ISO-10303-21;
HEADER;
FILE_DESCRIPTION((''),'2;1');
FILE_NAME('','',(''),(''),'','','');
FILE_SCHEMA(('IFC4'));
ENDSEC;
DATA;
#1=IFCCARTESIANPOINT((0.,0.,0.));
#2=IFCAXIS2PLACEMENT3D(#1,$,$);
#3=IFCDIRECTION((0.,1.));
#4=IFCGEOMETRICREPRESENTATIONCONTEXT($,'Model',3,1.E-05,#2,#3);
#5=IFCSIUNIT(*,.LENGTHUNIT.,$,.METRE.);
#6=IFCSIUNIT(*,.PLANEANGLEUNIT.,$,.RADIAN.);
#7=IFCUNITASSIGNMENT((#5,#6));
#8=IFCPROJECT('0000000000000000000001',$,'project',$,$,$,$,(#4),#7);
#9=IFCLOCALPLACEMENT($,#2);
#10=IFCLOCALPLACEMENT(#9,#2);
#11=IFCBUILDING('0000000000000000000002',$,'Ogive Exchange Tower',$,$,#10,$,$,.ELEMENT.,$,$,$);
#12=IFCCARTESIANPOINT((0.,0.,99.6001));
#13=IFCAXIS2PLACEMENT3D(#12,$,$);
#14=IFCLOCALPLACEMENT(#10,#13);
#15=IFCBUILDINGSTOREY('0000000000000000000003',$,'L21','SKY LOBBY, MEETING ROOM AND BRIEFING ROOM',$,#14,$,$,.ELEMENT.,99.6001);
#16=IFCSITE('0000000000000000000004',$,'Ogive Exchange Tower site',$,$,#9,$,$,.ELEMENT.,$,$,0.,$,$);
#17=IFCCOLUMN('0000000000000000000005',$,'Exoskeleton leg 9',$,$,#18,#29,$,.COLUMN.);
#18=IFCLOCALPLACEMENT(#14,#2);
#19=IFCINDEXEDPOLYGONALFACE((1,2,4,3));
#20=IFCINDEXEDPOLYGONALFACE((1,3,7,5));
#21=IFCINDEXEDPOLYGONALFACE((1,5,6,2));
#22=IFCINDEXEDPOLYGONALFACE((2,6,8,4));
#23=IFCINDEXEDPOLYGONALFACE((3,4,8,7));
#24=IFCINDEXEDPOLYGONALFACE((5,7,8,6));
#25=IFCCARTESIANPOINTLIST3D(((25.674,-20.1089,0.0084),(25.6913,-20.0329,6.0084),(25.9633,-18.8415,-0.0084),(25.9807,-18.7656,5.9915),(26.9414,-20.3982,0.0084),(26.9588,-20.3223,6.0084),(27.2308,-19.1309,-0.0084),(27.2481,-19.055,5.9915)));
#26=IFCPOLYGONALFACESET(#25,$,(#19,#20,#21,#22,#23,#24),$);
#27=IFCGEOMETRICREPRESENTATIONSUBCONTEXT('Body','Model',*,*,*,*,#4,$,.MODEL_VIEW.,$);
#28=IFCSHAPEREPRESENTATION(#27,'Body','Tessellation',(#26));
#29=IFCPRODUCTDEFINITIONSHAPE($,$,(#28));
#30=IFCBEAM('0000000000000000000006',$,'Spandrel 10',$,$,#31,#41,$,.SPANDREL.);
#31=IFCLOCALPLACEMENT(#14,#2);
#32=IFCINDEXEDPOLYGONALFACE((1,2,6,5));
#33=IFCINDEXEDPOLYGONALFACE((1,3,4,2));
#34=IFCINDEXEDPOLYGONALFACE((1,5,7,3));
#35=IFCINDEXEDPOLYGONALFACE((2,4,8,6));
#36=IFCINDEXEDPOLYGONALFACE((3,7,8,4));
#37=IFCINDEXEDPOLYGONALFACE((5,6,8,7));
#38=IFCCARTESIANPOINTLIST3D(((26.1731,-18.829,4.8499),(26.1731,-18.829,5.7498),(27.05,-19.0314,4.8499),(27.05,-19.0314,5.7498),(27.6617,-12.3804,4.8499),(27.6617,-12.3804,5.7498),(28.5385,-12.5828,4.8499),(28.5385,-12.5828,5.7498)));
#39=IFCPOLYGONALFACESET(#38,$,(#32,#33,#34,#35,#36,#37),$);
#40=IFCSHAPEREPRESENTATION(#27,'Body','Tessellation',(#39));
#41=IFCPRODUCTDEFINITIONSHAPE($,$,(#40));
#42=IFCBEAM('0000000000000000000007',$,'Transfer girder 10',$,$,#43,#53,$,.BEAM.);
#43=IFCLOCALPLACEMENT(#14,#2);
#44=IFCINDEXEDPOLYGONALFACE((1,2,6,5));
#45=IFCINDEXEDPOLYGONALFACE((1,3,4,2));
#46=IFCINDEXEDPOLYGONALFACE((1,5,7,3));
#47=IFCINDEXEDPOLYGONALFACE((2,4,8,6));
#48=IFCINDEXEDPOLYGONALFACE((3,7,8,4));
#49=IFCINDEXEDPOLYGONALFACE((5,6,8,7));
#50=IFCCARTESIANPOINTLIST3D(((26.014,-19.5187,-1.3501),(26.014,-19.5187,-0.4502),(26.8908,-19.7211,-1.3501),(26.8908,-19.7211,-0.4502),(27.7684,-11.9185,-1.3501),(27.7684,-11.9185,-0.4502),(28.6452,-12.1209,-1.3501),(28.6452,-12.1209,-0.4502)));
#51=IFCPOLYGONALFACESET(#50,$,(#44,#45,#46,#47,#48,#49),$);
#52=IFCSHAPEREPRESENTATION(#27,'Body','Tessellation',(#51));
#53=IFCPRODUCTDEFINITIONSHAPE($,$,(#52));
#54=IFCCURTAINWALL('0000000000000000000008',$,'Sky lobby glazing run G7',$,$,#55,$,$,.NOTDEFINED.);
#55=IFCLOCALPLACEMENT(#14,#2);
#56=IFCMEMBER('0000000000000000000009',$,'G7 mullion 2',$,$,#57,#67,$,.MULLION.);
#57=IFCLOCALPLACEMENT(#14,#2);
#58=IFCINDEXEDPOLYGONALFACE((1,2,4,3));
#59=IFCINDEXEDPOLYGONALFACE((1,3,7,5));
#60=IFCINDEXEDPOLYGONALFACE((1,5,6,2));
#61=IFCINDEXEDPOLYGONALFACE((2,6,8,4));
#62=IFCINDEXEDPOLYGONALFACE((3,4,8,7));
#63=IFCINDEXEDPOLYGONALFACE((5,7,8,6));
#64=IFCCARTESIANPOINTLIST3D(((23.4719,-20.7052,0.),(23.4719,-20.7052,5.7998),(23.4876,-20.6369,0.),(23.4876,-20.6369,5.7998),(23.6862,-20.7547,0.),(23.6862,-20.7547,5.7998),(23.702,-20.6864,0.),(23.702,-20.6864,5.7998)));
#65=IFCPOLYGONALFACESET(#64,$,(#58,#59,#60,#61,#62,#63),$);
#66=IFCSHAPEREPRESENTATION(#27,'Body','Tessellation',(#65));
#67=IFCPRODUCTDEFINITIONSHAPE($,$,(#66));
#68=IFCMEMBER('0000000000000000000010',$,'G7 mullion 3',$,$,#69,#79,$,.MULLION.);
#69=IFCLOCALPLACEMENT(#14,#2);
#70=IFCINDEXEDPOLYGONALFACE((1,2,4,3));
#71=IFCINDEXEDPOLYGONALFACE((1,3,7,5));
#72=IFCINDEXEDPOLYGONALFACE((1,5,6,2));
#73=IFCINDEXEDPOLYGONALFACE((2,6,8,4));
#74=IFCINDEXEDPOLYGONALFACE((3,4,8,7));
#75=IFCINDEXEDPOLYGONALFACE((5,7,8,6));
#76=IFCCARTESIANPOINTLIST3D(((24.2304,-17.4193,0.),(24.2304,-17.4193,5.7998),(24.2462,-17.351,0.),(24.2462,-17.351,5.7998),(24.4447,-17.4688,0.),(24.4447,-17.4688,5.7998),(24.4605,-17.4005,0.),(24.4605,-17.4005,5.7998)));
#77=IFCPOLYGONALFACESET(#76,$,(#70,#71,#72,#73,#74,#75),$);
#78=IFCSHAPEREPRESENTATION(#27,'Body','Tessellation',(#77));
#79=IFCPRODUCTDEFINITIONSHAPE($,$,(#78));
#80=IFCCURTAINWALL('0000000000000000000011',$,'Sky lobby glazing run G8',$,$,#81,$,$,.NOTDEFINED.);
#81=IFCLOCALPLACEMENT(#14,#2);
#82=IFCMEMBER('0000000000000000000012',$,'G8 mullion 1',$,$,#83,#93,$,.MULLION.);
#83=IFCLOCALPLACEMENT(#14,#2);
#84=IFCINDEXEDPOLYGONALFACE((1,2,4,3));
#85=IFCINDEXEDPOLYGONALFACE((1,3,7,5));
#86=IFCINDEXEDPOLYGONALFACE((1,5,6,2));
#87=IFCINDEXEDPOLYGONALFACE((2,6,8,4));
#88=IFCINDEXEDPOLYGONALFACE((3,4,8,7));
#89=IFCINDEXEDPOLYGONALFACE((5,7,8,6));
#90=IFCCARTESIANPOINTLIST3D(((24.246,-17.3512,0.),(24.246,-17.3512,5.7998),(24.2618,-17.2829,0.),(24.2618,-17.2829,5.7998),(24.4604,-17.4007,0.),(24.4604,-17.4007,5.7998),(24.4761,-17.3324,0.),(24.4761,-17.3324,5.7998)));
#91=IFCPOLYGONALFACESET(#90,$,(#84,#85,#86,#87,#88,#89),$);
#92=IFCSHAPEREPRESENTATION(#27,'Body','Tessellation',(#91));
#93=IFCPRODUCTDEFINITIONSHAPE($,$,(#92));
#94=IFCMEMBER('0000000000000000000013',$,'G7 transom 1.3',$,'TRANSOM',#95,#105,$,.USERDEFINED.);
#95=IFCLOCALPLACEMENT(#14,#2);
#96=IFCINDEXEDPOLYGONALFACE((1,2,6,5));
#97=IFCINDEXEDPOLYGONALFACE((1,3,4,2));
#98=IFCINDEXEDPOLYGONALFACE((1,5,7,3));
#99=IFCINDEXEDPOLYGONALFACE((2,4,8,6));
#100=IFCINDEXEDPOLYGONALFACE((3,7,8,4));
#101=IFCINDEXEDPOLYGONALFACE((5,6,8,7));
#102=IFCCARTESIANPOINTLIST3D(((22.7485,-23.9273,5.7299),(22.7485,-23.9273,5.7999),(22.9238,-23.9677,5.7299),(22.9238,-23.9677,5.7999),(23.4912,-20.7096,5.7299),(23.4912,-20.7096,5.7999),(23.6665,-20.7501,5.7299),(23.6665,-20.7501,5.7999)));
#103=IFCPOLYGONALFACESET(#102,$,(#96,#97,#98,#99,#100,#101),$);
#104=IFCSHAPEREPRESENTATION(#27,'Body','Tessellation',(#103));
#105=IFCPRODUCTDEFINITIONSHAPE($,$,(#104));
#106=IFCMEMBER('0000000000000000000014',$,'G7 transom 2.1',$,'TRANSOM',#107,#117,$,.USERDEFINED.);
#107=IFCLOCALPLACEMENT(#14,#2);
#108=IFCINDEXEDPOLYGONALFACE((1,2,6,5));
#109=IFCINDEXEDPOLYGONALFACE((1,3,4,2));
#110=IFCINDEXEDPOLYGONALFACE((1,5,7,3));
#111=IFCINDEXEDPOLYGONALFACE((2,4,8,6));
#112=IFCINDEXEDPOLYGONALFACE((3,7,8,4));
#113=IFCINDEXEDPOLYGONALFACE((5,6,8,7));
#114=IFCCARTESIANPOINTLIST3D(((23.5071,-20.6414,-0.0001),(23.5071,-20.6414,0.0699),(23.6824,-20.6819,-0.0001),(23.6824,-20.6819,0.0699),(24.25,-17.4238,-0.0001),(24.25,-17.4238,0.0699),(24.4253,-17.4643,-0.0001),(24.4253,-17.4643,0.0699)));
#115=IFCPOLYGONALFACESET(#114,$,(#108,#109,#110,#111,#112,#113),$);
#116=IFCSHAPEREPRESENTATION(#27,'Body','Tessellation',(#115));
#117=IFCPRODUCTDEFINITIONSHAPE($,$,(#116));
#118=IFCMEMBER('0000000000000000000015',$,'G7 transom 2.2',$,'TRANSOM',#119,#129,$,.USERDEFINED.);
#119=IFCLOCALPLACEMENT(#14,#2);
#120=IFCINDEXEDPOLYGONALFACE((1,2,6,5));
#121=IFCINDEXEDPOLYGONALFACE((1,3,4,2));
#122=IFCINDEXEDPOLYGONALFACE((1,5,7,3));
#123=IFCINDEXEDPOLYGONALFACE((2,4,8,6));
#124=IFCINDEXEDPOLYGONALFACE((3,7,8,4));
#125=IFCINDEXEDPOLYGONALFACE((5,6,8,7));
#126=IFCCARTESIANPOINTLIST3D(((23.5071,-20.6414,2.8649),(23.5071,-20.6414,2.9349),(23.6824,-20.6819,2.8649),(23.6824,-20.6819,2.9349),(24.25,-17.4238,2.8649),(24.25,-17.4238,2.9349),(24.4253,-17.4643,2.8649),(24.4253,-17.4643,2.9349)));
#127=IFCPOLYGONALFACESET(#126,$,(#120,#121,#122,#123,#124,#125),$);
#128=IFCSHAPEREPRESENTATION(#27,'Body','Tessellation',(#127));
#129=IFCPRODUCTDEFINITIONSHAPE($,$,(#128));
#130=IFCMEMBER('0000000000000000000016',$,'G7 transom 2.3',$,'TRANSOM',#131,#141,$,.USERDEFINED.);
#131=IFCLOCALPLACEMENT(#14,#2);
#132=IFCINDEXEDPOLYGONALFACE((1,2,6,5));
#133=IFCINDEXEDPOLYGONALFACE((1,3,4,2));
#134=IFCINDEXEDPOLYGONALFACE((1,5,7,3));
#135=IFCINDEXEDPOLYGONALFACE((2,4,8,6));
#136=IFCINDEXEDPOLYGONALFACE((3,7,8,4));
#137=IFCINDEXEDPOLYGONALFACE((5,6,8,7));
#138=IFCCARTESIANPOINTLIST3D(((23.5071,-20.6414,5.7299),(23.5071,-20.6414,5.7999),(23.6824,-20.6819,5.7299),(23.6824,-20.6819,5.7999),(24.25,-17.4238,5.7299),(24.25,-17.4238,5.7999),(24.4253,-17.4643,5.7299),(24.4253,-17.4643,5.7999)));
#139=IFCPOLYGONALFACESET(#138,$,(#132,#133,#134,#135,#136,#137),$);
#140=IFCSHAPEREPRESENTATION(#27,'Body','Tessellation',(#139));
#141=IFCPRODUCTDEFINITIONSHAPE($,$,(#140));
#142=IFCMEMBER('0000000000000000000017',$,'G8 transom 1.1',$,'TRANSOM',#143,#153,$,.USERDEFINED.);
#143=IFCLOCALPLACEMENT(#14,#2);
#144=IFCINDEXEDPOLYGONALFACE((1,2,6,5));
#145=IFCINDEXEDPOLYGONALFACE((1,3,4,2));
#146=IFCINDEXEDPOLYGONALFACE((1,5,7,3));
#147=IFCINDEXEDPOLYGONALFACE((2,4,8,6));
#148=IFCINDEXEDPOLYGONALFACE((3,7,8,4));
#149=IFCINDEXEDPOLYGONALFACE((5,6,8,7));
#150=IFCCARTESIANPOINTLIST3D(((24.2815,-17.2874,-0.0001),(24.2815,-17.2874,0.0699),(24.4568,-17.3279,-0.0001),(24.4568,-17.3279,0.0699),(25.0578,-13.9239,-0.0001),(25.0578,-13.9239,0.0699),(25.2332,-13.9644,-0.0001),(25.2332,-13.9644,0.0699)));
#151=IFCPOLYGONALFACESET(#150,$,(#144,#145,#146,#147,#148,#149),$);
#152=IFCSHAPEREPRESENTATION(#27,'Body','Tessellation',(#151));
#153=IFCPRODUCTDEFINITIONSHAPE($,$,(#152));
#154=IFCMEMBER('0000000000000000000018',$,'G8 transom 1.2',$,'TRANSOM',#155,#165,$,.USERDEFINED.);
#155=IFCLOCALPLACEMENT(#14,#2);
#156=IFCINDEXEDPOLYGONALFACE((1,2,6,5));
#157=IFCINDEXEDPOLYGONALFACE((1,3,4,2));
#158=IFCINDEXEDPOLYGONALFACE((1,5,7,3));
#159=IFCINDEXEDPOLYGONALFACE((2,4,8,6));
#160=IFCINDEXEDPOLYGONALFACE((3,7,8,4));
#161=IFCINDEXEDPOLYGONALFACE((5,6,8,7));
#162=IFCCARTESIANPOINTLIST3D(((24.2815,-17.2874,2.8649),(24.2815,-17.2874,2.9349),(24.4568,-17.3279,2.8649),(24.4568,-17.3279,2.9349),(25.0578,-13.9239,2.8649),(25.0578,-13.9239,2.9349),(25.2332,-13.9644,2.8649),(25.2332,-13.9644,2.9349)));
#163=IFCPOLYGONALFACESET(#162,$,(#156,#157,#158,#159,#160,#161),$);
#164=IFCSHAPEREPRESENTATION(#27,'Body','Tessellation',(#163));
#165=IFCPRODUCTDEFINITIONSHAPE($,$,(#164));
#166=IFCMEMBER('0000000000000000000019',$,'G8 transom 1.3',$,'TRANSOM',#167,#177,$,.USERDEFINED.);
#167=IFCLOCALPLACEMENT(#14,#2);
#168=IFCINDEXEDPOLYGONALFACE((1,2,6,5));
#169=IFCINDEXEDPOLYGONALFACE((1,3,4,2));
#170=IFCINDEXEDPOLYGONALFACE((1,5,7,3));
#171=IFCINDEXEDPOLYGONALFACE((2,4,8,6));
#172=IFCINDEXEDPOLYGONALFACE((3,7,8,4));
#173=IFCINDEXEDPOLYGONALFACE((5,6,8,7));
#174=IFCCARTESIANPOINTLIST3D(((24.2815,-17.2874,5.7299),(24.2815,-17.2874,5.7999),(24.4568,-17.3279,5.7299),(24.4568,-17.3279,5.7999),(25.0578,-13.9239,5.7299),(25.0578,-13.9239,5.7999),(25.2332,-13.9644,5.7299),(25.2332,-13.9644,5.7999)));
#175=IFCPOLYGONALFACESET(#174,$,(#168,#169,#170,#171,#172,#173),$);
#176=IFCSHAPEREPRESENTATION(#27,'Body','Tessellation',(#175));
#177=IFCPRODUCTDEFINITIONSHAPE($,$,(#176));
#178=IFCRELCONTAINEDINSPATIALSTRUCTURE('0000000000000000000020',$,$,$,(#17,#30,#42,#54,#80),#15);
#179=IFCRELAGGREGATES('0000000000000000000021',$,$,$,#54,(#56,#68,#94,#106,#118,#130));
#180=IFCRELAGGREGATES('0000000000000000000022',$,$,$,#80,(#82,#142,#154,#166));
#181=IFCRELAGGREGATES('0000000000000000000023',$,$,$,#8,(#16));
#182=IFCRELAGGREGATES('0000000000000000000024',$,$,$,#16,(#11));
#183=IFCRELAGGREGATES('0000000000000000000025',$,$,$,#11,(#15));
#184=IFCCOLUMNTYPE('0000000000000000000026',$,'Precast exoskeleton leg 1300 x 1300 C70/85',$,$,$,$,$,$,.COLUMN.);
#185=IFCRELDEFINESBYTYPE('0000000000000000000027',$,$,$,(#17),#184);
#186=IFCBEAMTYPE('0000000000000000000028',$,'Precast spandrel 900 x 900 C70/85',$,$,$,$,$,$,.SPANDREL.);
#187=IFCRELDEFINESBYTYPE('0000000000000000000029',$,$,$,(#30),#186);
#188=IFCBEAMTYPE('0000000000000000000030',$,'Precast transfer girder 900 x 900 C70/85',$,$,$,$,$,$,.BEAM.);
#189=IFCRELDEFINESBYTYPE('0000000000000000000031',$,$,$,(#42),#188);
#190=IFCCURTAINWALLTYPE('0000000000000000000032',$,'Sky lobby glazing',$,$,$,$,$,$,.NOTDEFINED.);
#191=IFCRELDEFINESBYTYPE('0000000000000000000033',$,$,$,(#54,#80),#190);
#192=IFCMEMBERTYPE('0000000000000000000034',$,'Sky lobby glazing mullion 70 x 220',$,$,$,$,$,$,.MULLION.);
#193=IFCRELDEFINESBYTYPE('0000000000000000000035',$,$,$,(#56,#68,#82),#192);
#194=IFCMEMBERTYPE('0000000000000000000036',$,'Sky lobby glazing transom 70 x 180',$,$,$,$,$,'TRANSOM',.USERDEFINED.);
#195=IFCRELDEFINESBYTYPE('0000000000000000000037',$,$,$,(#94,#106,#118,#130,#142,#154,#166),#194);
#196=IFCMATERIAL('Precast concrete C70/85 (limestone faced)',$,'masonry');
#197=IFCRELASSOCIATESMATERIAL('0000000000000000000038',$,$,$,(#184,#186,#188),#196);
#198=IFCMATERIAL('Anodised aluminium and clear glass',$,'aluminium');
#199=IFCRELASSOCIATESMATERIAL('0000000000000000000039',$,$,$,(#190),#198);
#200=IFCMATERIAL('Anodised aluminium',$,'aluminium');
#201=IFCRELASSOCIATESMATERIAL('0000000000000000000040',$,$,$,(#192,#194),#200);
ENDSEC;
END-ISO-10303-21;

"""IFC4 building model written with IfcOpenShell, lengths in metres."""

from ifc_helpers import new_model, si_unit, direction, frame, origin, origin_2d, place, context, subcontext, project, spatial, rectangle, extrude, material, material_profile, profile_set, type_object, element, aggregate, save


model = new_model("IFC4")

# Units and contexts
model_context = context("Model", 3, precision=1e-05, world=origin(), true_north=direction((0.0, 1.0)))
body_context = subcontext(model_context, "Body", "Model", "MODEL_VIEW")
ifc_project = project(units=[si_unit("LENGTHUNIT", "METRE"), si_unit("PLANEANGLEUNIT", "RADIAN")], contexts=[model_context])

# Site, building, storey
site_placement = place(None, origin())
site = spatial("IfcSite", under=ifc_project, at=site_placement, Name="Ogive Exchange Tower site", CompositionType="ELEMENT", RefElevation=0.0)
building_placement = place(site_placement, origin())
building = spatial("IfcBuilding", under=site, at=building_placement, Name="Ogive Exchange Tower", CompositionType="ELEMENT")
storey_placement = place(building_placement, frame((0.0, 0.0, 99.6001)))
storey = spatial("IfcBuildingStorey", under=building, at=storey_placement, Name="L21", Description="SKY LOBBY, MEETING ROOM AND BRIEFING ROOM", CompositionType="ELEMENT", Elevation=99.6001)

# Column
ifc_material_1 = material(Name="Precast concrete C70/85 (limestone faced)", Category="masonry")
ifc_material_profile_1 = material_profile(ifc_material_1, rectangle(XDim=1.3, YDim=1.3, at=origin_2d()), Name="1300 x 1300")
ifc_profile_set_1 = profile_set([ifc_material_profile_1], Name="Precast concrete C70/85 (limestone faced)")
column_type = type_object("IfcColumnType", Name="Precast exoskeleton leg 1300 x 1300 C70/85", PredefinedType="COLUMN", material=ifc_profile_set_1)
column_placement = place(storey_placement, frame((26.4524, -19.6199, 0.0), z_axis=(0.002889, 0.012654, 0.999916), x_axis=(-0.974917, 0.222569, 0.0)))
element("IfcColumn", 1, at=column_placement, inside=storey, type_object=column_type, Name="Exoskeleton leg 9", PredefinedType="COLUMN", context=body_context, shape_type="SweptSolid", body=[
    extrude(rectangle(XDim=1.3, YDim=1.3, at=origin_2d()), origin(), (0.0, 0.0, 1.0), 6.0005),
])

# Beams
ifc_material_profile_2 = material_profile(ifc_material_1, rectangle(XDim=0.8999, YDim=0.8999, at=origin_2d()), Name="900 x 900")
ifc_profile_set_2 = profile_set([ifc_material_profile_2], Name="Precast concrete C70/85 (limestone faced)")
beam_type_1 = type_object("IfcBeamType", Name="Precast spandrel 900 x 900 C70/85", PredefinedType="SPANDREL", material=ifc_profile_set_2)
beam_1_placement = place(storey_placement, frame((26.6116, -18.9302, 5.2998), z_axis=(0.224919, 0.974378, 0.0), x_axis=(-0.974378, 0.224919, 0.0)))
element("IfcBeam", 2, at=beam_1_placement, inside=storey, type_object=beam_type_1, Name="Spandrel 10", PredefinedType="SPANDREL", context=body_context, shape_type="SweptSolid", body=[
    extrude(rectangle(XDim=0.8999, YDim=0.8999, at=origin_2d()), origin(), (0.0, 0.0, 1.0), 6.6182),
])
ifc_material_profile_3 = material_profile(ifc_material_1, rectangle(XDim=0.8999, YDim=0.8999, at=origin_2d()), Name="900 x 900")
ifc_profile_set_3 = profile_set([ifc_material_profile_3], Name="Precast concrete C70/85 (limestone faced)")
beam_type_2 = type_object("IfcBeamType", Name="Precast transfer girder 900 x 900 C70/85", PredefinedType="BEAM", material=ifc_profile_set_3)
beam_2_placement = place(storey_placement, frame((26.4524, -19.6199, -0.9001), z_axis=(0.224924, 0.974376, 0.0), x_axis=(-0.974376, 0.224924, 0.0)))
element("IfcBeam", 3, at=beam_2_placement, inside=storey, type_object=beam_type_2, Name="Transfer girder 10", PredefinedType="BEAM", context=body_context, shape_type="SweptSolid", body=[
    extrude(rectangle(XDim=0.8999, YDim=0.8999, at=origin_2d()), origin(), (0.0, 0.0, 1.0), 7.8),
])

# Curtain wall, members
ifc_material_2 = material(Name="Anodised aluminium and clear glass", Category="aluminium")
curtain_wall_type = type_object("IfcCurtainWallType", Name="Sky lobby glazing", PredefinedType="NOTDEFINED", material=ifc_material_2)
curtain_wall_1_placement = place(storey_placement, origin())
curtain_wall_1 = element("IfcCurtainWall", 4, at=curtain_wall_1_placement, inside=storey, type_object=curtain_wall_type, Name="Sky lobby glazing run G7", PredefinedType="NOTDEFINED")
ifc_material_3 = material(Name="Anodised aluminium", Category="aluminium")
ifc_material_profile_4 = material_profile(ifc_material_3, rectangle(XDim=0.22, YDim=0.0701, at=origin_2d()), Name="AL 70x220")
ifc_profile_set_4 = profile_set([ifc_material_profile_4], Name="Anodised aluminium")
member_type_1 = type_object("IfcMemberType", Name="Sky lobby glazing mullion 70 x 220", PredefinedType="MULLION", material=ifc_profile_set_4)
member_1_placement = place(storey_placement, frame((23.5869, -20.6958, 0.0), z_axis=(0.0, 0.0, 1.0), x_axis=(-0.97437, 0.224952, 0.0)))
member_1 = element("IfcMember", 5, at=member_1_placement, type_object=member_type_1, Name="G7 mullion 2", PredefinedType="MULLION", context=body_context, shape_type="SweptSolid", body=[
    extrude(rectangle(XDim=0.22, YDim=0.0701, at=origin_2d()), origin(), (0.0, 0.0, 1.0), 5.7998),
])
member_2_placement = place(storey_placement, frame((24.3455, -17.4099, 0.0), z_axis=(0.0, 0.0, 1.0), x_axis=(-0.97437, 0.224952, 0.0)))
member_2 = element("IfcMember", 6, at=member_2_placement, type_object=member_type_1, Name="G7 mullion 3", PredefinedType="MULLION", context=body_context, shape_type="SweptSolid", body=[
    extrude(rectangle(XDim=0.22, YDim=0.0701, at=origin_2d()), origin(), (0.0, 0.0, 1.0), 5.7998),
])

# Curtain wall, member
curtain_wall_2_placement = place(storey_placement, origin())
curtain_wall_2 = element("IfcCurtainWall", 7, at=curtain_wall_2_placement, inside=storey, type_object=curtain_wall_type, Name="Sky lobby glazing run G8", PredefinedType="NOTDEFINED")
member_3_placement = place(storey_placement, frame((24.3611, -17.3418, 0.0), z_axis=(0.0, 0.0, 1.0), x_axis=(-0.974372, 0.224944, 0.0)))
member_3 = element("IfcMember", 8, at=member_3_placement, type_object=member_type_1, Name="G8 mullion 1", PredefinedType="MULLION", context=body_context, shape_type="SweptSolid", body=[
    extrude(rectangle(XDim=0.22, YDim=0.0701, at=origin_2d()), origin(), (0.0, 0.0, 1.0), 5.7998),
])

# Members
ifc_material_profile_5 = material_profile(ifc_material_3, rectangle(XDim=0.1799, YDim=0.0701, at=origin_2d()), Name="AL 70x180")
ifc_profile_set_5 = profile_set([ifc_material_profile_5], Name="Anodised aluminium")
member_type_2 = type_object("IfcMemberType", Name="Sky lobby glazing transom 70 x 180", ElementType="TRANSOM", PredefinedType="USERDEFINED", material=ifc_profile_set_5)
member_4_placement = place(storey_placement, frame((22.8362, -23.9475, 5.7649), z_axis=(0.224892, 0.974384, 0.0), x_axis=(-0.974384, 0.224892, 0.0)))
member_4 = element("IfcMember", 9, at=member_4_placement, type_object=member_type_2, Name="G7 transom 1.3", ObjectType="TRANSOM", PredefinedType="USERDEFINED", context=body_context, shape_type="SweptSolid", body=[
    extrude(rectangle(XDim=0.1799, YDim=0.0701, at=origin_2d()), origin(), (0.0, 0.0, 1.0), 3.3022),
])
member_5_placement = place(storey_placement, frame((23.5947, -20.6616, 0.0349), z_axis=(0.224978, 0.974364, 0.0), x_axis=(-0.974364, 0.224978, 0.0)))
member_5 = element("IfcMember", 10, at=member_5_placement, type_object=member_type_2, Name="G7 transom 2.1", ObjectType="TRANSOM", PredefinedType="USERDEFINED", context=body_context, shape_type="SweptSolid", body=[
    extrude(rectangle(XDim=0.1799, YDim=0.0701, at=origin_2d()), origin(), (0.0, 0.0, 1.0), 3.3022),
])
member_6_placement = place(storey_placement, frame((23.5947, -20.6616, 2.8999), z_axis=(0.224978, 0.974364, 0.0), x_axis=(-0.974364, 0.224978, 0.0)))
member_6 = element("IfcMember", 11, at=member_6_placement, type_object=member_type_2, Name="G7 transom 2.2", ObjectType="TRANSOM", PredefinedType="USERDEFINED", context=body_context, shape_type="SweptSolid", body=[
    extrude(rectangle(XDim=0.1799, YDim=0.0701, at=origin_2d()), origin(), (0.0, 0.0, 1.0), 3.3022),
])
member_7_placement = place(storey_placement, frame((23.5947, -20.6616, 5.7649), z_axis=(0.224978, 0.974364, 0.0), x_axis=(-0.974364, 0.224978, 0.0)))
member_7 = element("IfcMember", 12, at=member_7_placement, type_object=member_type_2, Name="G7 transom 2.3", ObjectType="TRANSOM", PredefinedType="USERDEFINED", context=body_context, shape_type="SweptSolid", body=[
    extrude(rectangle(XDim=0.1799, YDim=0.0701, at=origin_2d()), origin(), (0.0, 0.0, 1.0), 3.3022),
])
member_8_placement = place(storey_placement, frame((24.3691, -17.3076, 0.0349), z_axis=(0.224906, 0.97438, 0.0), x_axis=(-0.97438, 0.224906, 0.0)))
member_8 = element("IfcMember", 13, at=member_8_placement, type_object=member_type_2, Name="G8 transom 1.1", ObjectType="TRANSOM", PredefinedType="USERDEFINED", context=body_context, shape_type="SweptSolid", body=[
    extrude(rectangle(XDim=0.1799, YDim=0.0701, at=origin_2d()), origin(), (0.0, 0.0, 1.0), 3.4519),
])
member_9_placement = place(storey_placement, frame((24.3691, -17.3076, 2.8999), z_axis=(0.224906, 0.97438, 0.0), x_axis=(-0.97438, 0.224906, 0.0)))
member_9 = element("IfcMember", 14, at=member_9_placement, type_object=member_type_2, Name="G8 transom 1.2", ObjectType="TRANSOM", PredefinedType="USERDEFINED", context=body_context, shape_type="SweptSolid", body=[
    extrude(rectangle(XDim=0.1799, YDim=0.0701, at=origin_2d()), origin(), (0.0, 0.0, 1.0), 3.4519),
])
member_10_placement = place(storey_placement, frame((24.3691, -17.3076, 5.7649), z_axis=(0.224906, 0.97438, 0.0), x_axis=(-0.97438, 0.224906, 0.0)))
member_10 = element("IfcMember", 15, at=member_10_placement, type_object=member_type_2, Name="G8 transom 1.3", ObjectType="TRANSOM", PredefinedType="USERDEFINED", context=body_context, shape_type="SweptSolid", body=[
    extrude(rectangle(XDim=0.1799, YDim=0.0701, at=origin_2d()), origin(), (0.0, 0.0, 1.0), 3.4519),
])

aggregate(curtain_wall_1, [member_1, member_2, member_4, member_5, member_6, member_7])
aggregate(curtain_wall_2, [member_3, member_8, member_9, member_10])

save(model, "model.ifc")
